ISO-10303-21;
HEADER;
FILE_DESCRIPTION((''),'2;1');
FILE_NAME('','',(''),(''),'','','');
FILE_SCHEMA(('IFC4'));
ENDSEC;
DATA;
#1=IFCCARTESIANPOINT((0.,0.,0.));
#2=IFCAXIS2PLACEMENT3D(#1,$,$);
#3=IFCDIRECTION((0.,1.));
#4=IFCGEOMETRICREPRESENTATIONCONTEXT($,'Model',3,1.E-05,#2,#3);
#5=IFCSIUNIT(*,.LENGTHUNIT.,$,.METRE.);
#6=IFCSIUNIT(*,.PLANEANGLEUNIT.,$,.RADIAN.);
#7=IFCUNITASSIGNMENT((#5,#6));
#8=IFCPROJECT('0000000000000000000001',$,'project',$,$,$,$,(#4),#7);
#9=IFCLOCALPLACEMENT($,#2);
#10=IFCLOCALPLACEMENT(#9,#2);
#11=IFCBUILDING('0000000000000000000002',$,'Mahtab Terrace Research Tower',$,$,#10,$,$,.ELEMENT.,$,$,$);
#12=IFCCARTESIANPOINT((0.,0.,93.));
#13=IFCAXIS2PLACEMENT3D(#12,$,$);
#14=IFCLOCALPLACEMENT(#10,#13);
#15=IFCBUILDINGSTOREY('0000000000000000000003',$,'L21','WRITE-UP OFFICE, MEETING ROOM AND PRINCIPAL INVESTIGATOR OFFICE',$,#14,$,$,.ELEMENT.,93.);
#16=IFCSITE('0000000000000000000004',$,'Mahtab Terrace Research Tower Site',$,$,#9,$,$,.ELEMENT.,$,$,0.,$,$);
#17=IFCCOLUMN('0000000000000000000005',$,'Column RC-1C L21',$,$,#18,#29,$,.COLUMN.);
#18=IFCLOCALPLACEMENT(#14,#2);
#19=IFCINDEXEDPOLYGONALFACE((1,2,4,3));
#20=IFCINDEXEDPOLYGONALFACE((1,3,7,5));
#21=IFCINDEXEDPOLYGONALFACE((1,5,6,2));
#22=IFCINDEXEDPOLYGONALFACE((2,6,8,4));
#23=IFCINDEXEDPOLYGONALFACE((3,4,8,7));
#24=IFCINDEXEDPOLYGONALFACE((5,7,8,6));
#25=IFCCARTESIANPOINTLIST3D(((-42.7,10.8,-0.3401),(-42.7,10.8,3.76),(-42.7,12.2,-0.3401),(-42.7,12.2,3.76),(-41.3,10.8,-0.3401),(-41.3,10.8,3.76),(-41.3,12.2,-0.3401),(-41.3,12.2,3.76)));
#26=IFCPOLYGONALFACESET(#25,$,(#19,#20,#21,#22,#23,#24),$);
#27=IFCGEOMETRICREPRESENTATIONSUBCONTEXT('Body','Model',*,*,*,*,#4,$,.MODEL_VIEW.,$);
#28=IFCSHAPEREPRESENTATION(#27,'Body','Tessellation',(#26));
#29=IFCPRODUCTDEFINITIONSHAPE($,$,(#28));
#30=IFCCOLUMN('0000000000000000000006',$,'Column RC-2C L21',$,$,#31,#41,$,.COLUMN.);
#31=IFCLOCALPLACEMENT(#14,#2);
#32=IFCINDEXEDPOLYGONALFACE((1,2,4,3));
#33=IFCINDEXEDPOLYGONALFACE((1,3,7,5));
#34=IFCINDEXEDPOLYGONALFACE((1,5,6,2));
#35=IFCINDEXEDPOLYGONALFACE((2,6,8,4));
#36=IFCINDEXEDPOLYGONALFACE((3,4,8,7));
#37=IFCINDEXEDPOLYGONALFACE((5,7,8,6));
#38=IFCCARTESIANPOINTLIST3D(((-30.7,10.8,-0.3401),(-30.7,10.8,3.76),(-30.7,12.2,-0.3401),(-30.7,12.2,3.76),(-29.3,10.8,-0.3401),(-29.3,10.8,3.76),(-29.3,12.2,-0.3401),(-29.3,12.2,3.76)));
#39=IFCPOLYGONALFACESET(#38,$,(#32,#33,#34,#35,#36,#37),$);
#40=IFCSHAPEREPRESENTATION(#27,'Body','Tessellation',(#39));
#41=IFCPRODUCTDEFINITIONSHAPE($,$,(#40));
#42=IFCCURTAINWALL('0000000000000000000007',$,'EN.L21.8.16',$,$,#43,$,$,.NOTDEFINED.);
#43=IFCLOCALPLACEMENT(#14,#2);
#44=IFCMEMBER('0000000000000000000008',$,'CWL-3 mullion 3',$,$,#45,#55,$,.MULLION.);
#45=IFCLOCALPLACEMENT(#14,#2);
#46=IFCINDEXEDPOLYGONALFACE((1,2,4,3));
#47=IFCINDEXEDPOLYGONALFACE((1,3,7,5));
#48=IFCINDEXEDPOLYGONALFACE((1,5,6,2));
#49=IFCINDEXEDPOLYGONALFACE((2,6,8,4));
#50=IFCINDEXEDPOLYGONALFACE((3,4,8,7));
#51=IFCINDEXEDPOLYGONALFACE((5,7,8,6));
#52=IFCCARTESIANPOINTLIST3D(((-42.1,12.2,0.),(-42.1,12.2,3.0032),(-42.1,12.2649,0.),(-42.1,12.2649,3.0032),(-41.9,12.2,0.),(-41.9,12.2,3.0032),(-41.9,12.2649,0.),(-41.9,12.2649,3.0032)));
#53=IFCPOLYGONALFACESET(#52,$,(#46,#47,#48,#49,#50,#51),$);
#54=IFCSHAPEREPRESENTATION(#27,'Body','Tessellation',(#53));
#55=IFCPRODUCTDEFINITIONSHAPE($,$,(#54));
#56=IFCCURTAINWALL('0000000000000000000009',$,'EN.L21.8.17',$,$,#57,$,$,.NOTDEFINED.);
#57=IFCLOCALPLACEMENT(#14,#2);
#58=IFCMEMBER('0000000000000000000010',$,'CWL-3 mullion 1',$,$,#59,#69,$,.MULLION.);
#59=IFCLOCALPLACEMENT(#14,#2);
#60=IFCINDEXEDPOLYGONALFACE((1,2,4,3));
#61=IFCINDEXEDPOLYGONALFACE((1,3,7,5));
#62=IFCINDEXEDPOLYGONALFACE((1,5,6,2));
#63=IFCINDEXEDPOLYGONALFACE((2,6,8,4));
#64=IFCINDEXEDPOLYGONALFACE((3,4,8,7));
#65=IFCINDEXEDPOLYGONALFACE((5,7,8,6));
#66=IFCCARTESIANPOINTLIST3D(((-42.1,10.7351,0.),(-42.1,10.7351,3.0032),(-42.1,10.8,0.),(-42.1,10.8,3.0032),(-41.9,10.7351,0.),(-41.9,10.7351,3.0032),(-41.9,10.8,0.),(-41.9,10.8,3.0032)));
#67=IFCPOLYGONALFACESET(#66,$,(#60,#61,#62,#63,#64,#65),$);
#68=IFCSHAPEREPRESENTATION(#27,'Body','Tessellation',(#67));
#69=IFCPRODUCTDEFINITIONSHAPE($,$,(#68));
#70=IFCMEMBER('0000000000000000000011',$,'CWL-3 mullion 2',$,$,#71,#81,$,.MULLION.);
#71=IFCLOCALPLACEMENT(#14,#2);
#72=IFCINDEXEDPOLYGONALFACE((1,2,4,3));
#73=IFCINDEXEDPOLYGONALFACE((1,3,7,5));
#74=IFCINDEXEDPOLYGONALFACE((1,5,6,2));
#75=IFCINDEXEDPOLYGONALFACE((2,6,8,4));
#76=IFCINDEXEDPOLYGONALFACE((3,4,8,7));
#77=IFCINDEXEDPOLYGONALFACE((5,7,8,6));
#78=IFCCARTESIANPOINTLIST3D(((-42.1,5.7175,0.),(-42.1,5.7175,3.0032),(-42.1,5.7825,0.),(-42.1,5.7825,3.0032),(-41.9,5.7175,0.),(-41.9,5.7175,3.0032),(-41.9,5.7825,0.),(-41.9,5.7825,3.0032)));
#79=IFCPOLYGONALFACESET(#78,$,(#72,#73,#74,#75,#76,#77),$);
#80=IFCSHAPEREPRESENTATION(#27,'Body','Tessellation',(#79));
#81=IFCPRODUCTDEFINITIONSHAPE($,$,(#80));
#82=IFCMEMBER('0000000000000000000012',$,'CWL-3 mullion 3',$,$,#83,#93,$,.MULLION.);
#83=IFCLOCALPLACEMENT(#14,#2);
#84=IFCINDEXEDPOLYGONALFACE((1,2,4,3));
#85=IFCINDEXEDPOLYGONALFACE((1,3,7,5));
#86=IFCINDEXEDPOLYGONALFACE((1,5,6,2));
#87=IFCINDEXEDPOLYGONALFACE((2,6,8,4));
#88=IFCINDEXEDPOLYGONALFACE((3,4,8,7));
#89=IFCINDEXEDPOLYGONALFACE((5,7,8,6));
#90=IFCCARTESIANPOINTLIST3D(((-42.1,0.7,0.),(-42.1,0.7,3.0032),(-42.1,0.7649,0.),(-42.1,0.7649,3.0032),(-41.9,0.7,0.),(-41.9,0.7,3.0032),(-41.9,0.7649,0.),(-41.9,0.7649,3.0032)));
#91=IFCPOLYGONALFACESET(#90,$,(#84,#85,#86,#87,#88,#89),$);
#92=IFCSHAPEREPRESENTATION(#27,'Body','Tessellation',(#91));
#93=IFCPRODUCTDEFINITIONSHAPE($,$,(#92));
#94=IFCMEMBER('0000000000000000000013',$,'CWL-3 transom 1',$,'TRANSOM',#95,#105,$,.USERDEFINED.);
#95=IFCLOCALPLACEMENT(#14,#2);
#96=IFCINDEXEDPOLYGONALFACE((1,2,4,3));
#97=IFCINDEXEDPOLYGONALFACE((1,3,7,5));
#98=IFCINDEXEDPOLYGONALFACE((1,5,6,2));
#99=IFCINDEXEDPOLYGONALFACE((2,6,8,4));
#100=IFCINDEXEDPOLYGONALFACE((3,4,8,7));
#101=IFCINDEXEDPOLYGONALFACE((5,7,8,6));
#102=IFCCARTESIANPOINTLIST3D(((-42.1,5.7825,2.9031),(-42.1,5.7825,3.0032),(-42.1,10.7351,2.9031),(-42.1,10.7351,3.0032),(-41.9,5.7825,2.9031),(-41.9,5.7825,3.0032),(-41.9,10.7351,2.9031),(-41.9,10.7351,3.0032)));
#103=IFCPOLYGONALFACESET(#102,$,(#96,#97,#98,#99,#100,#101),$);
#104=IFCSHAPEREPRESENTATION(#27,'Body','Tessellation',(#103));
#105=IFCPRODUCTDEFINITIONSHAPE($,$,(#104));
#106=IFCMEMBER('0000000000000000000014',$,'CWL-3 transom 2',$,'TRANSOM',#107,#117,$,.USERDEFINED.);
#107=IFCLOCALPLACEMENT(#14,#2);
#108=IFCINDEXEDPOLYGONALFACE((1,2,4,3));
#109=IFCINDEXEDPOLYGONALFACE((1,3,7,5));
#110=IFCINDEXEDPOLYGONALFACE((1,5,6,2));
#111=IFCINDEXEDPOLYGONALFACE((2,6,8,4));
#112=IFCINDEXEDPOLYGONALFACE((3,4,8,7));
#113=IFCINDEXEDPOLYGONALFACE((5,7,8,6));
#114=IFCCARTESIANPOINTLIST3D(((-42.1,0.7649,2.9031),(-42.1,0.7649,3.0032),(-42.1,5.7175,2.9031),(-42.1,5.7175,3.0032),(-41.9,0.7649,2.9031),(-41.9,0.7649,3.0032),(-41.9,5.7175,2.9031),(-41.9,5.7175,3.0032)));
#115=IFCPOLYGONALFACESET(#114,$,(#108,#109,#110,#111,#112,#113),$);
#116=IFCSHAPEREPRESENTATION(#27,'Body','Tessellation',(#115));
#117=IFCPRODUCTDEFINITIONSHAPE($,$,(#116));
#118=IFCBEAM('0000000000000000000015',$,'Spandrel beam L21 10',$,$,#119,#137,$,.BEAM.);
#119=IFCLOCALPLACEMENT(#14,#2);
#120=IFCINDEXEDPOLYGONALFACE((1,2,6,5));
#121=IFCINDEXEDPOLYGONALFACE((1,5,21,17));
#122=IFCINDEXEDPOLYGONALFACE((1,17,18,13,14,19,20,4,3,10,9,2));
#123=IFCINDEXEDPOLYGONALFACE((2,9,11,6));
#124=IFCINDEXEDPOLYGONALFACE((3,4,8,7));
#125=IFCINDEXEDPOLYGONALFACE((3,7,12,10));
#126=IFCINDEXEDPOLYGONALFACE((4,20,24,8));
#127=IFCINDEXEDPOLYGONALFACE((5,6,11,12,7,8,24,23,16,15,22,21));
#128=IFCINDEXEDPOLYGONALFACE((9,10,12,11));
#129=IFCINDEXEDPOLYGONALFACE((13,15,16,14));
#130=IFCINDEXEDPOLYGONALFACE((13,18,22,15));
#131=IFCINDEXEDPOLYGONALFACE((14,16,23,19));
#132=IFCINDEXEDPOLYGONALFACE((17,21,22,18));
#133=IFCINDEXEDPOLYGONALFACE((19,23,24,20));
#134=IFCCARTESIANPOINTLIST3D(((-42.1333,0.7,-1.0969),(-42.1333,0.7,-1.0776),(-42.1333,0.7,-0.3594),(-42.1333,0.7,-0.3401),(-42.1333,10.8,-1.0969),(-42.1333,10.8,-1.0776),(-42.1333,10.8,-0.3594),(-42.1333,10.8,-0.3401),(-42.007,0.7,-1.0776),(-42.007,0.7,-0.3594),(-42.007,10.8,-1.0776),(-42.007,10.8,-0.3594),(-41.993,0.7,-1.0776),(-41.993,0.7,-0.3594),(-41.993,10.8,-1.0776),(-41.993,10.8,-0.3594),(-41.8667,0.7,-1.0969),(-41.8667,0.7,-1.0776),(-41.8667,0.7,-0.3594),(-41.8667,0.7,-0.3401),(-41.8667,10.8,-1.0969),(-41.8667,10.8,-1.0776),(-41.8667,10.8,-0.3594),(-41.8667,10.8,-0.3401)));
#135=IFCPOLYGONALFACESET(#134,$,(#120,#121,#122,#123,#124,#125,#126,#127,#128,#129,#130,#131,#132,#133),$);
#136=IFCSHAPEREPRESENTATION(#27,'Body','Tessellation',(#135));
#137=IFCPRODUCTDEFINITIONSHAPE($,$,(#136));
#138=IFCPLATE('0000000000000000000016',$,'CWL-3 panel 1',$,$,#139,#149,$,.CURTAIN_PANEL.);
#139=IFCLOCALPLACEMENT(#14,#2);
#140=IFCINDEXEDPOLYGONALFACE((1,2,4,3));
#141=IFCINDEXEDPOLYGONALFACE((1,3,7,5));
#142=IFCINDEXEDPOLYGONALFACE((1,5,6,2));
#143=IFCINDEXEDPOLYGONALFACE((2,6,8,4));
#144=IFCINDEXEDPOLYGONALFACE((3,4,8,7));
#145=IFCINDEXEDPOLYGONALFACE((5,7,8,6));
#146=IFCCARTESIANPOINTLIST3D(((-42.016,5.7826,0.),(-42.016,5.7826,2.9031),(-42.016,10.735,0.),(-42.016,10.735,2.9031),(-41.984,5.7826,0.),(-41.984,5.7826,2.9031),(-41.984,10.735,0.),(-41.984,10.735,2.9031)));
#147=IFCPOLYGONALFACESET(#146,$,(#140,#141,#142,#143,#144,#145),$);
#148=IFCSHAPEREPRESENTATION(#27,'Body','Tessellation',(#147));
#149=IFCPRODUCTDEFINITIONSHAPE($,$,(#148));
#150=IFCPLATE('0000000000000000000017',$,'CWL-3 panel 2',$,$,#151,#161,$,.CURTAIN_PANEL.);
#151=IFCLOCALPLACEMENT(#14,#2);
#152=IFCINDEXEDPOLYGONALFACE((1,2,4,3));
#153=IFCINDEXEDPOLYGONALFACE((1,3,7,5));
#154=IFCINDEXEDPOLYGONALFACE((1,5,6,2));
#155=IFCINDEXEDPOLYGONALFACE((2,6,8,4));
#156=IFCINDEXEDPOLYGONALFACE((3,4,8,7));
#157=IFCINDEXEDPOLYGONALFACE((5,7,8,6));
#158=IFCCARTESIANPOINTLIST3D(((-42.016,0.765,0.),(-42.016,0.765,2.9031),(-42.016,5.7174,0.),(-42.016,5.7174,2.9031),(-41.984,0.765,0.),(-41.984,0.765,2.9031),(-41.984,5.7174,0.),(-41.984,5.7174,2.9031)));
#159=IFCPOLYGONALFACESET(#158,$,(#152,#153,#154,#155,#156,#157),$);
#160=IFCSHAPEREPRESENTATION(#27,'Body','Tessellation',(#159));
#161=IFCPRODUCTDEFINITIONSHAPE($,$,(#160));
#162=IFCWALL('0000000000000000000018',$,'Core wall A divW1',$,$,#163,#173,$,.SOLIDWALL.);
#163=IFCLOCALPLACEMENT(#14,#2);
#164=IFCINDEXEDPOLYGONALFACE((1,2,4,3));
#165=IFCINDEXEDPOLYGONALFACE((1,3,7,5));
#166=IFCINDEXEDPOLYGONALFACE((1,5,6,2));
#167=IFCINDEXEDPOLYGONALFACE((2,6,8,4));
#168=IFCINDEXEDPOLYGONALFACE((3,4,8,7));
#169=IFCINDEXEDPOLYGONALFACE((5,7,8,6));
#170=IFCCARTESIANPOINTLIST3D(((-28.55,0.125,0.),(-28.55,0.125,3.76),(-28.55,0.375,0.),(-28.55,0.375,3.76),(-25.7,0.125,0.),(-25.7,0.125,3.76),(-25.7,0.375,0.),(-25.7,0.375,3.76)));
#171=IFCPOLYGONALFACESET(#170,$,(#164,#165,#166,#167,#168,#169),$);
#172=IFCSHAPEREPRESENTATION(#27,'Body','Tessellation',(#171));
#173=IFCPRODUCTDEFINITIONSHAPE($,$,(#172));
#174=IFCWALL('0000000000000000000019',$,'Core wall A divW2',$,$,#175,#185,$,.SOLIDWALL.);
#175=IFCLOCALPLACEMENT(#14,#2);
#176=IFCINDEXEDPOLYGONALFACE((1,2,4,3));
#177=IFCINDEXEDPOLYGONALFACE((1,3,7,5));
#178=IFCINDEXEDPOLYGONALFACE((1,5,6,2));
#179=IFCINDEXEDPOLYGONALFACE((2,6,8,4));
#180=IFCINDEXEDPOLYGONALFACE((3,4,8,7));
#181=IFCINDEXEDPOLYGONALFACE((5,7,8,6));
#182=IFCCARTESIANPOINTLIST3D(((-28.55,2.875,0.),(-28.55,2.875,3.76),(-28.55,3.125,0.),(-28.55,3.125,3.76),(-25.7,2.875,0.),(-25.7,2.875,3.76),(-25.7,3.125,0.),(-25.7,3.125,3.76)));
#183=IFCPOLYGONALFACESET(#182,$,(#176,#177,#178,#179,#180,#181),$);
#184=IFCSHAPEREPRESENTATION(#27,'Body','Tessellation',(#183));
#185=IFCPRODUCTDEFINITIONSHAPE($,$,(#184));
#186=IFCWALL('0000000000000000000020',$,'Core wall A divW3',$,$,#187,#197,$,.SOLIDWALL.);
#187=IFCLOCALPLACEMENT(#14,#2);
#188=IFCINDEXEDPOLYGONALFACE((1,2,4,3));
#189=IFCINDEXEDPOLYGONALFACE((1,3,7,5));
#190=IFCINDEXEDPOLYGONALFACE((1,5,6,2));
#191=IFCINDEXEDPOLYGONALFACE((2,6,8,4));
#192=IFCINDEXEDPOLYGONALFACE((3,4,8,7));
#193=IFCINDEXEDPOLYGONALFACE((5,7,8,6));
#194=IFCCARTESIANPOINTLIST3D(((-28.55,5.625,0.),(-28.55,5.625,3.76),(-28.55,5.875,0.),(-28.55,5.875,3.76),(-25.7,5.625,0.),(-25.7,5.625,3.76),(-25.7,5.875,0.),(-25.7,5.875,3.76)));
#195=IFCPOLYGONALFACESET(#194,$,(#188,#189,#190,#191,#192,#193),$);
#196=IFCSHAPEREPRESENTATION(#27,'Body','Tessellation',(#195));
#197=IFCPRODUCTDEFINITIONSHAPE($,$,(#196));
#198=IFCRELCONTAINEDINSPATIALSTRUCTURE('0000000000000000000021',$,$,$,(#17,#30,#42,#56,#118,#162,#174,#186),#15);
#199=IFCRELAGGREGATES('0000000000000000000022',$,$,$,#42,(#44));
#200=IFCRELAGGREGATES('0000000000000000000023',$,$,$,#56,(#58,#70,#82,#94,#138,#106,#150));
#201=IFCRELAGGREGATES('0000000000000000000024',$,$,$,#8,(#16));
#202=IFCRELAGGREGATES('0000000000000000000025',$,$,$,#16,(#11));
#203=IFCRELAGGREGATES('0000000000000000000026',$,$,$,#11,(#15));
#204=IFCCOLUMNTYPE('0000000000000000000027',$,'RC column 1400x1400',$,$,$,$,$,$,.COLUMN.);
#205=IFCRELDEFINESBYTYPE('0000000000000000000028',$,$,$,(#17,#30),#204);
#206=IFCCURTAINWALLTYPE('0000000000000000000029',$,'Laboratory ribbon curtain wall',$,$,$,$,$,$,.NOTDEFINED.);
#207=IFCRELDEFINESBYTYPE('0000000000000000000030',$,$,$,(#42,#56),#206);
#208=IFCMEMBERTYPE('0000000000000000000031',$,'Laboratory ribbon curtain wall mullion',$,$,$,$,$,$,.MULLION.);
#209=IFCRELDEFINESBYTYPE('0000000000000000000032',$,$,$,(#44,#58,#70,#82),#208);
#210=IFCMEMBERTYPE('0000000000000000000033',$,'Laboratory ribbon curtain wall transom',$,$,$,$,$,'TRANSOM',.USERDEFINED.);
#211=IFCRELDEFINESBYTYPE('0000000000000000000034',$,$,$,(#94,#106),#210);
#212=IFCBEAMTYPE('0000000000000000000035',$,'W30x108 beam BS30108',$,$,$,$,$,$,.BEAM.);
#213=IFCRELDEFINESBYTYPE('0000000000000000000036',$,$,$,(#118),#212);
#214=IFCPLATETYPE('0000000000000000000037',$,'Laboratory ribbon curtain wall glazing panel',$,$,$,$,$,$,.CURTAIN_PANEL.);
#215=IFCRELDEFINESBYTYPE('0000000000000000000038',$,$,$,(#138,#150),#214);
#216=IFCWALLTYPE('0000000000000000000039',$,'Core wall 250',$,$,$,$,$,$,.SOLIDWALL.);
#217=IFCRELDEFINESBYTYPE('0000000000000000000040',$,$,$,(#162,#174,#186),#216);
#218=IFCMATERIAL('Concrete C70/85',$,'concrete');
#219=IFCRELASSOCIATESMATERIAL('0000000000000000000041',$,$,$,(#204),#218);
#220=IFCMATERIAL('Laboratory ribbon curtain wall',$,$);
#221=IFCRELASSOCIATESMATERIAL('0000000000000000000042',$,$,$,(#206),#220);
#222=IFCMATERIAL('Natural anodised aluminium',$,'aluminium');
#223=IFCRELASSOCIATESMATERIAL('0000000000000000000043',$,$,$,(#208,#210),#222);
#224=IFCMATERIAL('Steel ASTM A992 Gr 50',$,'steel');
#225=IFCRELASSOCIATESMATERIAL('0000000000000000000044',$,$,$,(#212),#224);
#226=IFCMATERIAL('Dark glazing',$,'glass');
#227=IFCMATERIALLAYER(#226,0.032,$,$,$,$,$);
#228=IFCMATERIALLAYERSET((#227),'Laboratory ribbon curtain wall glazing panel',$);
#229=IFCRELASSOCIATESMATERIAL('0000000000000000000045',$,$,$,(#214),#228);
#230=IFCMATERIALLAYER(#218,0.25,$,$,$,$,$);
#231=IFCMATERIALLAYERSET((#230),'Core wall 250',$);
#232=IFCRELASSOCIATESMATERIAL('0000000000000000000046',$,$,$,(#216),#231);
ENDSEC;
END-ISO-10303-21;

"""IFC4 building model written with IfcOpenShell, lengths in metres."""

from ifc_helpers import new_model, si_unit, direction, frame, frame_2d, origin, origin_2d, place, context, subcontext, project, spatial, rectangle, i_section, extrude, material, layer, layer_set, material_profile, profile_set, type_object, element, aggregate, save


model = new_model("IFC4")

# Units and contexts
model_context = context("Model", 3, precision=1e-05, world=origin(), true_north=direction((0.0, 1.0)))
body_context = subcontext(model_context, "Body", "Model", "MODEL_VIEW")
ifc_project = project(units=[si_unit("LENGTHUNIT", "METRE"), si_unit("PLANEANGLEUNIT", "RADIAN")], contexts=[model_context])

# Site, building, storey
site_placement = place(None, origin())
site = spatial("IfcSite", under=ifc_project, at=site_placement, Name="Mahtab Terrace Research Tower Site", CompositionType="ELEMENT", RefElevation=0.0)
building_placement = place(site_placement, origin())
building = spatial("IfcBuilding", under=site, at=building_placement, Name="Mahtab Terrace Research Tower", CompositionType="ELEMENT")
storey_placement = place(building_placement, frame((0.0, 0.0, 93.0)))
storey = spatial("IfcBuildingStorey", under=building, at=storey_placement, Name="L21", Description="WRITE-UP OFFICE, MEETING ROOM AND PRINCIPAL INVESTIGATOR OFFICE", CompositionType="ELEMENT", Elevation=93.0)

# Columns
ifc_material_1 = material(Name="Concrete C70/85", Category="concrete")
ifc_material_profile_1 = material_profile(ifc_material_1, rectangle(XDim=1.3999, YDim=1.3999, at=origin_2d()), Name="RC column 1400x1400")
ifc_profile_set_1 = profile_set([ifc_material_profile_1], Name="Concrete C70/85")
column_type = type_object("IfcColumnType", Name="RC column 1400x1400", PredefinedType="COLUMN", material=ifc_profile_set_1)
for number, where, z_axis, x_axis, name in (
    (1, (-42.0, 11.5, -0.3401), (0.0, 0.0, 1.0), (1.0, 0.0, 0.0), "Column RC-1C L21"),
    (2, (-30.0, 11.5, -0.3401), (0.0, 0.0, 1.0), (1.0, 0.0, 0.0), "Column RC-2C L21"),
):
    element("IfcColumn", number, at=place(storey_placement, frame(where, z_axis=z_axis, x_axis=x_axis)), inside=storey, type_object=column_type, Name=name, PredefinedType="COLUMN", context=body_context, shape_type="SweptSolid", body=[
        extrude(rectangle(XDim=1.3999, YDim=1.3999, at=origin_2d()), origin(), (0.0, 0.0, 1.0), 4.1001),
    ])

# Curtain wall, member
ifc_material_2 = material(Name="Laboratory ribbon curtain wall")
curtain_wall_type = type_object("IfcCurtainWallType", Name="Laboratory ribbon curtain wall", PredefinedType="NOTDEFINED", material=ifc_material_2)
curtain_wall_1_placement = place(storey_placement, origin())
curtain_wall_1 = element("IfcCurtainWall", 3, at=curtain_wall_1_placement, inside=storey, type_object=curtain_wall_type, Name="EN.L21.8.16", PredefinedType="NOTDEFINED")
ifc_material_3 = material(Name="Natural anodised aluminium", Category="aluminium")
ifc_material_profile_2 = material_profile(ifc_material_3, rectangle(XDim=0.2, YDim=0.0649, at=origin_2d()), Name="MULLION 65x200")
ifc_profile_set_2 = profile_set([ifc_material_profile_2], Name="Natural anodised aluminium")
member_type_1 = type_object("IfcMemberType", Name="Laboratory ribbon curtain wall mullion", PredefinedType="MULLION", material=ifc_profile_set_2)
member_1_placement = place(storey_placement, frame((-42.0, 12.2324, 0.0), z_axis=(0.0, 0.0, 1.0), x_axis=(1.0, 0.0, 0.0)))
member_1 = element("IfcMember", 4, at=member_1_placement, type_object=member_type_1, Name="CWL-3 mullion 3", PredefinedType="MULLION", context=body_context, shape_type="SweptSolid", body=[
    extrude(rectangle(XDim=0.2, YDim=0.0649, at=origin_2d()), origin(), (0.0, 0.0, 1.0), 3.0032),
])
aggregate(curtain_wall_1, [member_1])

# Curtain wall, members
curtain_wall_2_placement = place(storey_placement, origin())
curtain_wall_2 = element("IfcCurtainWall", 5, at=curtain_wall_2_placement, inside=storey, type_object=curtain_wall_type, Name="EN.L21.8.17", PredefinedType="NOTDEFINED")
member_2_placement = place(storey_placement, frame((-42.0, 10.7676, 0.0), z_axis=(0.0, 0.0, 1.0), x_axis=(1.0, 0.0, 0.0)))
member_2 = element("IfcMember", 6, at=member_2_placement, type_object=member_type_1, Name="CWL-3 mullion 1", PredefinedType="MULLION", context=body_context, shape_type="SweptSolid", body=[
    extrude(rectangle(XDim=0.2, YDim=0.0649, at=origin_2d()), origin(), (0.0, 0.0, 1.0), 3.0032),
])
member_3_placement = place(storey_placement, frame((-42.0, 5.75, 0.0), z_axis=(0.0, 0.0, 1.0), x_axis=(1.0, 0.0, 0.0)))
member_3 = element("IfcMember", 7, at=member_3_placement, type_object=member_type_1, Name="CWL-3 mullion 2", PredefinedType="MULLION", context=body_context, shape_type="SweptSolid", body=[
    extrude(rectangle(XDim=0.2, YDim=0.0649, at=origin_2d()), origin(), (0.0, 0.0, 1.0), 3.0032),
])
member_4_placement = place(storey_placement, frame((-42.0, 0.7324, 0.0), z_axis=(0.0, 0.0, 1.0), x_axis=(1.0, 0.0, 0.0)))
member_4 = element("IfcMember", 8, at=member_4_placement, type_object=member_type_1, Name="CWL-3 mullion 3", PredefinedType="MULLION", context=body_context, shape_type="SweptSolid", body=[
    extrude(rectangle(XDim=0.2, YDim=0.0649, at=origin_2d()), origin(), (0.0, 0.0, 1.0), 3.0032),
])
ifc_material_profile_3 = material_profile(ifc_material_3, rectangle(XDim=0.2, YDim=0.1001, at=origin_2d()), Name="TRANSOM 100x200")
ifc_profile_set_3 = profile_set([ifc_material_profile_3], Name="Natural anodised aluminium")
member_type_2 = type_object("IfcMemberType", Name="Laboratory ribbon curtain wall transom", ElementType="TRANSOM", PredefinedType="USERDEFINED", material=ifc_profile_set_3)
member_5_placement = place(storey_placement, frame((-42.0, 10.7351, 2.9531), z_axis=(0.0, -1.0, 0.0), x_axis=(1.0, 0.0, 0.0)))
member_5 = element("IfcMember", 9, at=member_5_placement, type_object=member_type_2, Name="CWL-3 transom 1", ObjectType="TRANSOM", PredefinedType="USERDEFINED", context=body_context, shape_type="SweptSolid", body=[
    extrude(rectangle(XDim=0.2, YDim=0.1001, at=origin_2d()), origin(), (0.0, 0.0, 1.0), 4.9526),
])
member_6_placement = place(storey_placement, frame((-42.0, 5.7175, 2.9531), z_axis=(0.0, -1.0, 0.0), x_axis=(1.0, 0.0, 0.0)))
member_6 = element("IfcMember", 10, at=member_6_placement, type_object=member_type_2, Name="CWL-3 transom 2", ObjectType="TRANSOM", PredefinedType="USERDEFINED", context=body_context, shape_type="SweptSolid", body=[
    extrude(rectangle(XDim=0.2, YDim=0.1001, at=origin_2d()), origin(), (0.0, 0.0, 1.0), 4.9526),
])

# Beam
ifc_material_4 = material(Name="Steel ASTM A992 Gr 50", Category="steel")
ifc_material_profile_4 = material_profile(ifc_material_4, i_section(OverallWidth=0.2666, OverallDepth=0.7568, WebThickness=0.0139, FlangeThickness=0.0193, at=origin_2d()), Name="W30X108")
ifc_profile_set_4 = profile_set([ifc_material_profile_4], Name="Steel ASTM A992 Gr 50")
beam_type = type_object("IfcBeamType", Name="W30x108 beam BS30108", PredefinedType="BEAM", material=ifc_profile_set_4)
beam_placement = place(storey_placement, frame((-42.0, 10.8, -0.7185), z_axis=(0.0, -1.0, 0.0), x_axis=(1.0, 0.0, 0.0)))
element("IfcBeam", 11, at=beam_placement, inside=storey, type_object=beam_type, Name="Spandrel beam L21 10", PredefinedType="BEAM", context=body_context, shape_type="SweptSolid", body=[
    extrude(i_section(OverallWidth=0.2666, OverallDepth=0.7568, WebThickness=0.0139, FlangeThickness=0.0193, at=origin_2d()), origin(), (0.0, 0.0, 1.0), 10.1001),
])

# Plates
ifc_material_5 = material(Name="Dark glazing", Category="glass")
ifc_layer_1 = layer(ifc_material_5, 0.032)
ifc_layer_set_1 = layer_set([ifc_layer_1], Name="Laboratory ribbon curtain wall glazing panel")
plate_type = type_object("IfcPlateType", Name="Laboratory ribbon curtain wall glazing panel", PredefinedType="CURTAIN_PANEL", material=ifc_layer_set_1)
plate_1_placement = place(storey_placement, frame((-42.0, 8.2588, 0.0), z_axis=(0.0, 0.0, 1.0), x_axis=(0.0, -1.0, 0.0)))
plate_1 = element("IfcPlate", 12, at=plate_1_placement, type_object=plate_type, Name="CWL-3 panel 1", PredefinedType="CURTAIN_PANEL", context=body_context, shape_type="SweptSolid", body=[
    extrude(rectangle(XDim=4.9524, YDim=0.032, at=origin_2d()), origin(), (0.0, 0.0, 1.0), 2.9031),
])
plate_2_placement = place(storey_placement, frame((-42.0, 3.2412, 0.0), z_axis=(0.0, 0.0, 1.0), x_axis=(0.0, -1.0, 0.0)))
plate_2 = element("IfcPlate", 13, at=plate_2_placement, type_object=plate_type, Name="CWL-3 panel 2", PredefinedType="CURTAIN_PANEL", context=body_context, shape_type="SweptSolid", body=[
    extrude(rectangle(XDim=4.9524, YDim=0.032, at=origin_2d()), origin(), (0.0, 0.0, 1.0), 2.9031),
])
aggregate(curtain_wall_2, [member_2, member_3, member_4, member_5, plate_1, member_6, plate_2])

# Walls
ifc_layer_2 = layer(ifc_material_1, 0.25)
ifc_layer_set_2 = layer_set([ifc_layer_2], Name="Core wall 250")
wall_type = type_object("IfcWallType", Name="Core wall 250", PredefinedType="SOLIDWALL", material=ifc_layer_set_2)
for number, where, z_axis, x_axis, name in (
    (14, (-28.55, 0.25, 0.0), (0.0, 0.0, 1.0), (1.0, 0.0, 0.0), "Core wall A divW1"),
    (15, (-28.55, 3.0, 0.0), (0.0, 0.0, 1.0), (1.0, 0.0, 0.0), "Core wall A divW2"),
    (16, (-28.55, 5.75, 0.0), (0.0, 0.0, 1.0), (1.0, 0.0, 0.0), "Core wall A divW3"),
):
    element("IfcWall", number, at=place(storey_placement, frame(where, z_axis=z_axis, x_axis=x_axis)), inside=storey, type_object=wall_type, Name=name, PredefinedType="SOLIDWALL", context=body_context, shape_type="SweptSolid", body=[
        extrude(rectangle(XDim=2.8501, YDim=0.25, at=frame_2d((1.425, 0.0))), origin(), (0.0, 0.0, 1.0), 3.76),
    ])

save(model, "model.ifc")
